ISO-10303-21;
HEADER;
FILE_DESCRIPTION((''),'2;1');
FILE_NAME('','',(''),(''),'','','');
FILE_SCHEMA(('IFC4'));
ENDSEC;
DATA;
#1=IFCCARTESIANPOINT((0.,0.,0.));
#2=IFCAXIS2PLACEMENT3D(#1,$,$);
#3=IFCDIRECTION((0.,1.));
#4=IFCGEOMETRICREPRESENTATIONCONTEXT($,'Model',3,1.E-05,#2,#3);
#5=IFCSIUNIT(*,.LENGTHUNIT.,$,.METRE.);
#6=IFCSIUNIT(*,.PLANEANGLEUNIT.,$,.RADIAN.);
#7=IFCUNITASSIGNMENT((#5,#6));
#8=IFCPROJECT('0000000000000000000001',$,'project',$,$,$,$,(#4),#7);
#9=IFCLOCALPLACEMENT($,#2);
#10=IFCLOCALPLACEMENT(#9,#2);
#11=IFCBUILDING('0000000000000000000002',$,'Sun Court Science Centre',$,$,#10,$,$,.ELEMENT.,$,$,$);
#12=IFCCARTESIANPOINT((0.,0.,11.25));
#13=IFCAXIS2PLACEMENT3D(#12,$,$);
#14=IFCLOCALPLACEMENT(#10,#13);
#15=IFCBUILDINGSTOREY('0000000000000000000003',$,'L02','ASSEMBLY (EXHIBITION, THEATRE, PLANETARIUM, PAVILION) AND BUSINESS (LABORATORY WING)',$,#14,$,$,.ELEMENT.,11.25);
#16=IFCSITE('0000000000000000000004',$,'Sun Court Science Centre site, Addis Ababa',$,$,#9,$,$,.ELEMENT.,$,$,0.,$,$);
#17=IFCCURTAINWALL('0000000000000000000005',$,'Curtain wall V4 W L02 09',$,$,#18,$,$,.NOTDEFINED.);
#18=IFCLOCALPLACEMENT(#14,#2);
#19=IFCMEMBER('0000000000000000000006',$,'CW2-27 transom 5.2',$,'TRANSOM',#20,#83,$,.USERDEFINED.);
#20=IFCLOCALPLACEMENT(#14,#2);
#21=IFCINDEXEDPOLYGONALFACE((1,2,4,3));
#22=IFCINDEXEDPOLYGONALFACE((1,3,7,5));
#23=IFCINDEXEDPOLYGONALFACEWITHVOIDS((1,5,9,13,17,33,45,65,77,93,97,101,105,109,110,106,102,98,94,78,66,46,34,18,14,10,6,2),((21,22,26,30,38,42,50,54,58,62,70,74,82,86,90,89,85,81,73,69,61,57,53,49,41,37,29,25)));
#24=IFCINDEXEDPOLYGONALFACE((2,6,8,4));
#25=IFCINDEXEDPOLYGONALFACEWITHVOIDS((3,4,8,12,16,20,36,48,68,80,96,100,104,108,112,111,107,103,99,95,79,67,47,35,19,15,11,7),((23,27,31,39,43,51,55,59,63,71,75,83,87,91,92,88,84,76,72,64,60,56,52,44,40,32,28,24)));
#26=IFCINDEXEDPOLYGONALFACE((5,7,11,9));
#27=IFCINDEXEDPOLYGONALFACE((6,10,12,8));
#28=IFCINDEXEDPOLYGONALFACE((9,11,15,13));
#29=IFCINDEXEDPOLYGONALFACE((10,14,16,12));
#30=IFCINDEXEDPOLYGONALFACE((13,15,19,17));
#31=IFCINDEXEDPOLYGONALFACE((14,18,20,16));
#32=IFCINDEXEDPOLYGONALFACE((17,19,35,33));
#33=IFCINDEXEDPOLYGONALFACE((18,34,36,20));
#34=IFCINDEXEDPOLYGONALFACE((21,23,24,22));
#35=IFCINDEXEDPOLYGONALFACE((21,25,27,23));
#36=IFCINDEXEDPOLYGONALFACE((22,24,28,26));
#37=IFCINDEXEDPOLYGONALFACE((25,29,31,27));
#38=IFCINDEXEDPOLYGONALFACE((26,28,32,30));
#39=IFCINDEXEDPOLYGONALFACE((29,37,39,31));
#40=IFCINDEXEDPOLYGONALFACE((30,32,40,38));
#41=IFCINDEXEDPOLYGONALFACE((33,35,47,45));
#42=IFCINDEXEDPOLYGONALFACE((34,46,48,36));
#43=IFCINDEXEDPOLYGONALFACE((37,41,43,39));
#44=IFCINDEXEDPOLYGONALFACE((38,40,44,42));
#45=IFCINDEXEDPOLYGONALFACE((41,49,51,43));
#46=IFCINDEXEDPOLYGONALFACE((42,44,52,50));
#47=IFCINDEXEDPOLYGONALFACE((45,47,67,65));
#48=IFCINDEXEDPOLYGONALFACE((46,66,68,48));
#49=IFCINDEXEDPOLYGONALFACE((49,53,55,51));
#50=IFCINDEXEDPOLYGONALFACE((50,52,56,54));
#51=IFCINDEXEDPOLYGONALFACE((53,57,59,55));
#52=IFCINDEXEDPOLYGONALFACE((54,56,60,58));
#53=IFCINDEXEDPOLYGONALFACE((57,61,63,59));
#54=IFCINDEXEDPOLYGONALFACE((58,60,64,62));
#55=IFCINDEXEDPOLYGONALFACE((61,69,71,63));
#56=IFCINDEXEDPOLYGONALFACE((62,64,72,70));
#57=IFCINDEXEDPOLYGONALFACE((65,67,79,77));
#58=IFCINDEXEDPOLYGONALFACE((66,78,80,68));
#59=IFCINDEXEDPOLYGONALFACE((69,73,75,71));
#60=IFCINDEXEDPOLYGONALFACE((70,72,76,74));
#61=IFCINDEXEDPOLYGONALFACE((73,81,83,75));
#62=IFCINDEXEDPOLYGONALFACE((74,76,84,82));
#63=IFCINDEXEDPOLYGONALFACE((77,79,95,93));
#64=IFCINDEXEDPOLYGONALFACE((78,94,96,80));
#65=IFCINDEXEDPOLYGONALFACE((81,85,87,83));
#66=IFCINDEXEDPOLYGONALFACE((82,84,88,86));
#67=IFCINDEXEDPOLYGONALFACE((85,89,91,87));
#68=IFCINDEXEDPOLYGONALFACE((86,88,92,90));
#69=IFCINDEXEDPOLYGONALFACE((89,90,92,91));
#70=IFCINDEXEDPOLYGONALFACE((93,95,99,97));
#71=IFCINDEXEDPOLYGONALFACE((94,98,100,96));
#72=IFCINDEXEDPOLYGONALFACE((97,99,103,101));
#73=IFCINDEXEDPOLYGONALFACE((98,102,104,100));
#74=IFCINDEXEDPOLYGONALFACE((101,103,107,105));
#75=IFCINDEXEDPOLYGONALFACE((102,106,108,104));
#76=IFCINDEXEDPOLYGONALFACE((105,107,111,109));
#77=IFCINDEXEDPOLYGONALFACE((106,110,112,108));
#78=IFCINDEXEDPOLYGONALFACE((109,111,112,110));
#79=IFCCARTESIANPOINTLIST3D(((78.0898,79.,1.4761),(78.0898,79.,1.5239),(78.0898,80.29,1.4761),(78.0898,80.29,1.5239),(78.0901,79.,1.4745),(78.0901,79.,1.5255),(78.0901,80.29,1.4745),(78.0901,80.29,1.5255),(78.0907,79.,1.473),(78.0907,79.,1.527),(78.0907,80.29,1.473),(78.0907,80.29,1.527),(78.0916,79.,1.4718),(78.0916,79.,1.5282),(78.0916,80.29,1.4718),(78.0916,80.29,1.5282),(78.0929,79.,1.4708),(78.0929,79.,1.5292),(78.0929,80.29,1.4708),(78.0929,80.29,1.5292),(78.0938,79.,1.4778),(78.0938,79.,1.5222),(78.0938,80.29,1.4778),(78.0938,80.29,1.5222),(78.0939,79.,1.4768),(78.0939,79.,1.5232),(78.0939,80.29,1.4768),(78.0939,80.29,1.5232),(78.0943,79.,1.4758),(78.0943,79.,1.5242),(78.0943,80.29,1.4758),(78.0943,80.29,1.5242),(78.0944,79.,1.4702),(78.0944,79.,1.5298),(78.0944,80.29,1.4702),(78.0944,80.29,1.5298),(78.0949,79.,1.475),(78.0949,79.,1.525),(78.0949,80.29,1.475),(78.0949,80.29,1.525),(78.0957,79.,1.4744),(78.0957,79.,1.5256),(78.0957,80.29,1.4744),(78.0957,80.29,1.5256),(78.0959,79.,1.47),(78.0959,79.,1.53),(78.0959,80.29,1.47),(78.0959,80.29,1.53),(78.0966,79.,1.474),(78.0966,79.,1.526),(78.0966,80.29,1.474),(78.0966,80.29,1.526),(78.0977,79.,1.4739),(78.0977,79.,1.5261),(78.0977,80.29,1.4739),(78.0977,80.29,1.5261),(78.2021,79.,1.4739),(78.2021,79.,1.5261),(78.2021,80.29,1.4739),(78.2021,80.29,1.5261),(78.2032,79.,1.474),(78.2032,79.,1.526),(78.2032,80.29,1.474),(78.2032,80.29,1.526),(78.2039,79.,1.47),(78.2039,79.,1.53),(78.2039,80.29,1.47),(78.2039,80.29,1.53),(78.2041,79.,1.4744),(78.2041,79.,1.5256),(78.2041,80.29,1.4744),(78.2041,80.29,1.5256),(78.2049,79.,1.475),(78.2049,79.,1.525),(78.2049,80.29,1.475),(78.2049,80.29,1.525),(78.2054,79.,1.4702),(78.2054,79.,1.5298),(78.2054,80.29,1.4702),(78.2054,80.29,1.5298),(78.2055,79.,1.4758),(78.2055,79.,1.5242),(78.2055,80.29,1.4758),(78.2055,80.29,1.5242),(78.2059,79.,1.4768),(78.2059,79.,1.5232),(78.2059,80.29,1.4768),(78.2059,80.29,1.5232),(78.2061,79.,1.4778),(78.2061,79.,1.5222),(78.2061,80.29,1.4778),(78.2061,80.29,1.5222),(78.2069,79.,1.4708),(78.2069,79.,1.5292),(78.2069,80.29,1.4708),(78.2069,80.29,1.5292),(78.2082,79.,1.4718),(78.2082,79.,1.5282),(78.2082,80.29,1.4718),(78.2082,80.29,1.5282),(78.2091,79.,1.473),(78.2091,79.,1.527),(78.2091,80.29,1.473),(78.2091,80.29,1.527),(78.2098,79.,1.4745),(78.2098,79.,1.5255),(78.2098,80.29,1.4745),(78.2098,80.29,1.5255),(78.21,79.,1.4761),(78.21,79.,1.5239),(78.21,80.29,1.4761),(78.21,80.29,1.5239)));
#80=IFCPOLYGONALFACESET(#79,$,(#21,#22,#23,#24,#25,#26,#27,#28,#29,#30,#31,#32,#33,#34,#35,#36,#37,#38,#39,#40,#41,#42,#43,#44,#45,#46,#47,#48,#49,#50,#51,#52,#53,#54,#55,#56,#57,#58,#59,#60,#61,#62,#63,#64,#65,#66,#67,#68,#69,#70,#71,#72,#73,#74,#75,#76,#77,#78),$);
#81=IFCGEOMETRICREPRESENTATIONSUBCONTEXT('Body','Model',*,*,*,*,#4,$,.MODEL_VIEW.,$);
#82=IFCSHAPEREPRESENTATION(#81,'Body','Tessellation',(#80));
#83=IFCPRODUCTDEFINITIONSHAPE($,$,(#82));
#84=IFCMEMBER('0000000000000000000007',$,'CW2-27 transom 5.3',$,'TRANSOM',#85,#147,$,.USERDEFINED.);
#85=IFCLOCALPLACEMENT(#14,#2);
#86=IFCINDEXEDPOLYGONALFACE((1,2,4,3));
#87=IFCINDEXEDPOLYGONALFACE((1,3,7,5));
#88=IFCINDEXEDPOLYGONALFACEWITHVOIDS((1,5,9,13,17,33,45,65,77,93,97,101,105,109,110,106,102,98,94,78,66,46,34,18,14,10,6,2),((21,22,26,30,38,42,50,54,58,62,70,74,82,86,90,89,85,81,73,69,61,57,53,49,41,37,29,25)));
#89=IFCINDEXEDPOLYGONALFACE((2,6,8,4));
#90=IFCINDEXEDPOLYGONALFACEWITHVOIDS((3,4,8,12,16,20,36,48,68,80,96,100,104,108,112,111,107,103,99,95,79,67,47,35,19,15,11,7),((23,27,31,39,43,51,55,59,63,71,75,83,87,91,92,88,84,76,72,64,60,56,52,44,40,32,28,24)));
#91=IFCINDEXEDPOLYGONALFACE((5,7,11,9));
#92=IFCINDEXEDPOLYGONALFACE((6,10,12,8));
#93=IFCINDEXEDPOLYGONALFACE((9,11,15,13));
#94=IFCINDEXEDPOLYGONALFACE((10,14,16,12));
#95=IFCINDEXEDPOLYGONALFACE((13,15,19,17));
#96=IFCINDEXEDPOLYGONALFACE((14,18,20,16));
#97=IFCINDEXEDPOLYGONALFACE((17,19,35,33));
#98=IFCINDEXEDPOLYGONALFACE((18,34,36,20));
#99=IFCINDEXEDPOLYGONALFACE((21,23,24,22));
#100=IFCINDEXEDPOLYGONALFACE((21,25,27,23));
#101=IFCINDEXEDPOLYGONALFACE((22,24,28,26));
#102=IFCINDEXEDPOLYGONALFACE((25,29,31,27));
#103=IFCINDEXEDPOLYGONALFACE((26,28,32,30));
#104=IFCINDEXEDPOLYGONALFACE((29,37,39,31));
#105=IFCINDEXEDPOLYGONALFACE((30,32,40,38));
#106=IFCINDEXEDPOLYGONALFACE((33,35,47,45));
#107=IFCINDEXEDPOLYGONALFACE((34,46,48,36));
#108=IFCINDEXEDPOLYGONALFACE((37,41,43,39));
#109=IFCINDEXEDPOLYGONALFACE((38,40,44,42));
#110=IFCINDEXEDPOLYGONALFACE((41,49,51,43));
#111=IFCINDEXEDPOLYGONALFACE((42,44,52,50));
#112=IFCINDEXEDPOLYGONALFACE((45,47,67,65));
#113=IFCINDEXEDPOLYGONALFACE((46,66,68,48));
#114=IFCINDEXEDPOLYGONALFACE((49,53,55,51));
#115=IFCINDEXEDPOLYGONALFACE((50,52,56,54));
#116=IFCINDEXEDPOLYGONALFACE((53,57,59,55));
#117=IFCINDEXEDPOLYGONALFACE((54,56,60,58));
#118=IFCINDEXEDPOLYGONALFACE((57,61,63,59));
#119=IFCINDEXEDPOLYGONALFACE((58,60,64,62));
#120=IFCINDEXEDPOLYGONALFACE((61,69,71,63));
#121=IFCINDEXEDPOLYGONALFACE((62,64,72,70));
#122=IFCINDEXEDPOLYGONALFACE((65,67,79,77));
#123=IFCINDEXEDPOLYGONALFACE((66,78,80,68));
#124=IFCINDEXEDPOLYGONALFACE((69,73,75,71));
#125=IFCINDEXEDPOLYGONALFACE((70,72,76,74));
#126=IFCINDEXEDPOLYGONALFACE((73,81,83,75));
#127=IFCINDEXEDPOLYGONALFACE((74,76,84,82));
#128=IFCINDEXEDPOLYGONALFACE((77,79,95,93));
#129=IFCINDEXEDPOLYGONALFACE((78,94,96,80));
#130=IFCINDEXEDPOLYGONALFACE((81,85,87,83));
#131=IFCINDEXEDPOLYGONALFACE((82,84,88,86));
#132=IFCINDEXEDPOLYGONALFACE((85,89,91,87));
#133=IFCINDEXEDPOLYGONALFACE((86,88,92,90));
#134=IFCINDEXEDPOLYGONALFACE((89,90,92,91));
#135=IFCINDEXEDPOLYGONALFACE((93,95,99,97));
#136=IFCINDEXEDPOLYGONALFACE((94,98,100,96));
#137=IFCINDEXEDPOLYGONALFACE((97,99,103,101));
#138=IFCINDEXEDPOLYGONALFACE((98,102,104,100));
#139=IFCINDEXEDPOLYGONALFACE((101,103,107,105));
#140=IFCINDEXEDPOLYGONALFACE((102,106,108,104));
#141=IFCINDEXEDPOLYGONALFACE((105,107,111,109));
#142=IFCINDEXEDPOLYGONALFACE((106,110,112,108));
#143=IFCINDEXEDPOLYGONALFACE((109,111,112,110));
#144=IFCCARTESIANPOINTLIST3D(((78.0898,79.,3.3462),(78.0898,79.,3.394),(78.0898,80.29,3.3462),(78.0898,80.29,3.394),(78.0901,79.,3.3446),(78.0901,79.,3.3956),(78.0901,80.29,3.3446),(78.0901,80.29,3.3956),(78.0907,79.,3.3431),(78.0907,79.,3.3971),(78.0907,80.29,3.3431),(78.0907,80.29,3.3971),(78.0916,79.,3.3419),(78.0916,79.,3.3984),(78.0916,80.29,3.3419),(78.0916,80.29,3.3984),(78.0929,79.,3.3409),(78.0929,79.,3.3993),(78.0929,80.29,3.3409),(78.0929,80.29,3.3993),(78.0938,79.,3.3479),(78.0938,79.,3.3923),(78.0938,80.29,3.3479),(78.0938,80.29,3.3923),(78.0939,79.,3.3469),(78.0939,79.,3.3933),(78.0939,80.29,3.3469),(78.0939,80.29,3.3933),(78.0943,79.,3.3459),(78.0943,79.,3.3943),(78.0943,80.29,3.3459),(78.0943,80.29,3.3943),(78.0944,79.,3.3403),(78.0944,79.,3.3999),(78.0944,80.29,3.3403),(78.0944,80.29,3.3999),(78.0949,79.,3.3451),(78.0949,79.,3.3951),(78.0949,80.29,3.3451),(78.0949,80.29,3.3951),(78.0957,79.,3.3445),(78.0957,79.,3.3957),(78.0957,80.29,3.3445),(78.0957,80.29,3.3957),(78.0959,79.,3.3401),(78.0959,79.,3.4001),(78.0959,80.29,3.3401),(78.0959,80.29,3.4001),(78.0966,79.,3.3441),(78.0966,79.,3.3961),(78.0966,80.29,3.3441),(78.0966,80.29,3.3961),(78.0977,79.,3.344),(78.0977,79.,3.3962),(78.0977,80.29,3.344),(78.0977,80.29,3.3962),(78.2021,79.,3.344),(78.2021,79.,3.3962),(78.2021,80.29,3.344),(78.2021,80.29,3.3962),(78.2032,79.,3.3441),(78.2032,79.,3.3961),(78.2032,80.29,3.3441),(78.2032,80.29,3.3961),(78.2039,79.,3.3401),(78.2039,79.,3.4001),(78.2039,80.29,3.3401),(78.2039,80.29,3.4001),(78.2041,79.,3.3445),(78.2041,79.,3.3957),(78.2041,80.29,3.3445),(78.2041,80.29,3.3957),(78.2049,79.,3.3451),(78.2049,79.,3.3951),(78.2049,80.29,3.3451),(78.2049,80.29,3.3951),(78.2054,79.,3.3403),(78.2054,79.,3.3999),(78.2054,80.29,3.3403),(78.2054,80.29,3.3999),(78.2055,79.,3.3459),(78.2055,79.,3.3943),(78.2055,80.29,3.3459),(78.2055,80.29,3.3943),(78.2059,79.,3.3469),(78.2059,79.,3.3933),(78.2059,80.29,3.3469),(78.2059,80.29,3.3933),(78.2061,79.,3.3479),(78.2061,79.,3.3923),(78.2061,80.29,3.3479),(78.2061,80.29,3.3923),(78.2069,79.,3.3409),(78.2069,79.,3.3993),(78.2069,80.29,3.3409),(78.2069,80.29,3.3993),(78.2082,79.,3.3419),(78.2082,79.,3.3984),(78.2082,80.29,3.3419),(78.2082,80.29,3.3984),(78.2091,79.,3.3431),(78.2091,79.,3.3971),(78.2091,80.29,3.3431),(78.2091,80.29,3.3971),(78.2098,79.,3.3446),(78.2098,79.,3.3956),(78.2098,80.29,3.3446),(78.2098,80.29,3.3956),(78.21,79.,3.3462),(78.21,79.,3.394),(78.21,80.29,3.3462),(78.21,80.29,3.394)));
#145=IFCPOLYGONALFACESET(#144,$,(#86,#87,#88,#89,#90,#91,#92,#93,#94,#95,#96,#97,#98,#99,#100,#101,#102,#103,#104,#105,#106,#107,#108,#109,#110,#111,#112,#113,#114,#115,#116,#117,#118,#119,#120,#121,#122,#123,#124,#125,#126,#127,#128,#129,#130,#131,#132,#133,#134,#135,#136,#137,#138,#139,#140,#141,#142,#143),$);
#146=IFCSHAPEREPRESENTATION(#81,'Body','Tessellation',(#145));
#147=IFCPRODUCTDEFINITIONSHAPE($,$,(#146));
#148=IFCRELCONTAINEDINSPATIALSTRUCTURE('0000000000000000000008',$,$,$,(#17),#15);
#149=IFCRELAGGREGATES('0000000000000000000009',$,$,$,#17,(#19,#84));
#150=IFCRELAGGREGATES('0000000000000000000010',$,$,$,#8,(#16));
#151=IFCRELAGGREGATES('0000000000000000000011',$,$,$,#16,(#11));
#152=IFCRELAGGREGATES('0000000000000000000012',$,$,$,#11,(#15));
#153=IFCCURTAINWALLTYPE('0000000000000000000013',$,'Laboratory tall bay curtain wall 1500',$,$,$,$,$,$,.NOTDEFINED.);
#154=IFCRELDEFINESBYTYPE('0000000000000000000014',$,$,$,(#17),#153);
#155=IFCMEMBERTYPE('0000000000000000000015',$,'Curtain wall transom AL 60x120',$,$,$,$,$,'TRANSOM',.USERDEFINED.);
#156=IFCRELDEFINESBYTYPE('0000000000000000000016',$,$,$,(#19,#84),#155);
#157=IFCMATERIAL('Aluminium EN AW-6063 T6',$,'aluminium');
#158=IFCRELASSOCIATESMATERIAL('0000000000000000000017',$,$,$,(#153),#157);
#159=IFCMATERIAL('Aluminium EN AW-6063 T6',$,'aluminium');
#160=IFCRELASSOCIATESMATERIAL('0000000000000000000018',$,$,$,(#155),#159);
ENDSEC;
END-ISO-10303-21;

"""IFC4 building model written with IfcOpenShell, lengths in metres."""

from ifc_helpers import new_model, si_unit, direction, frame, origin, origin_2d, place, context, subcontext, project, spatial, hollow_rectangle, extrude, material, material_profile, profile_set, type_object, element, aggregate, save


model = new_model("IFC4")

# Units and contexts
model_context = context("Model", 3, precision=1e-05, world=origin(), true_north=direction((0.0, 1.0)))
body_context = subcontext(model_context, "Body", "Model", "MODEL_VIEW")
ifc_project = project(units=[si_unit("LENGTHUNIT", "METRE"), si_unit("PLANEANGLEUNIT", "RADIAN")], contexts=[model_context])

# Site, building, storey
site_placement = place(None, origin())
site = spatial("IfcSite", under=ifc_project, at=site_placement, Name="Sun Court Science Centre site, Addis Ababa", CompositionType="ELEMENT", RefElevation=0.0)
building_placement = place(site_placement, origin())
building = spatial("IfcBuilding", under=site, at=building_placement, Name="Sun Court Science Centre", CompositionType="ELEMENT")
storey_placement = place(building_placement, frame((0.0, 0.0, 11.25)))
storey = spatial("IfcBuildingStorey", under=building, at=storey_placement, Name="L02", Description="ASSEMBLY (EXHIBITION, THEATRE, PLANETARIUM, PAVILION) AND BUSINESS (LABORATORY WING)", CompositionType="ELEMENT", Elevation=11.25)

# Curtain wall
ifc_material_1 = material(Name="Aluminium EN AW-6063 T6", Category="aluminium")
curtain_wall_type = type_object("IfcCurtainWallType", Name="Laboratory tall bay curtain wall 1500", PredefinedType="NOTDEFINED", material=ifc_material_1)
curtain_wall_1_placement = place(storey_placement, origin())
curtain_wall_1 = element("IfcCurtainWall", 1, at=curtain_wall_1_placement, inside=storey, type_object=curtain_wall_type, Name="Curtain wall V4 W L02 09", PredefinedType="NOTDEFINED")

# Members
ifc_material_2 = material(Name="Aluminium EN AW-6063 T6", Category="aluminium")
ifc_material_profile_1 = material_profile(ifc_material_2, hollow_rectangle(XDim=0.0601, YDim=0.1201, WallThickness=0.0039, InnerFilletRadius=0.0039, OuterFilletRadius=0.0061, at=origin_2d()), Name="AL 60x120x4")
ifc_profile_set_1 = profile_set([ifc_material_profile_1], Name="Aluminium EN AW-6063 T6")
member_type_1 = type_object("IfcMemberType", Name="Curtain wall transom AL 60x120", ElementType="TRANSOM", PredefinedType="USERDEFINED", material=ifc_profile_set_1)
member_1_placement = place(storey_placement, frame((78.1499, 79.0, 1.5), z_axis=(0.0, 1.0, 0.0), x_axis=(0.0, 0.0, 1.0)))
member_1 = element("IfcMember", 2, at=member_1_placement, type_object=member_type_1, Name="CW2-27 transom 5.2", ObjectType="TRANSOM", PredefinedType="USERDEFINED", context=body_context, shape_type="SweptSolid", body=[
    extrude(hollow_rectangle(XDim=0.0601, YDim=0.1201, WallThickness=0.0039, InnerFilletRadius=0.0039, OuterFilletRadius=0.0061, at=origin_2d()), origin(), (0.0, 0.0, 1.0), 1.29),
])
member_2_placement = place(storey_placement, frame((78.1499, 79.0, 3.3701), z_axis=(0.0, 1.0, 0.0), x_axis=(0.0, 0.0, 1.0)))
member_2 = element("IfcMember", 3, at=member_2_placement, type_object=member_type_1, Name="CW2-27 transom 5.3", ObjectType="TRANSOM", PredefinedType="USERDEFINED", context=body_context, shape_type="SweptSolid", body=[
    extrude(hollow_rectangle(XDim=0.0601, YDim=0.1201, WallThickness=0.0039, InnerFilletRadius=0.0039, OuterFilletRadius=0.0061, at=origin_2d()), origin(), (0.0, 0.0, 1.0), 1.29),
])

aggregate(curtain_wall_1, [member_1, member_2])

save(model, "model.ifc")
